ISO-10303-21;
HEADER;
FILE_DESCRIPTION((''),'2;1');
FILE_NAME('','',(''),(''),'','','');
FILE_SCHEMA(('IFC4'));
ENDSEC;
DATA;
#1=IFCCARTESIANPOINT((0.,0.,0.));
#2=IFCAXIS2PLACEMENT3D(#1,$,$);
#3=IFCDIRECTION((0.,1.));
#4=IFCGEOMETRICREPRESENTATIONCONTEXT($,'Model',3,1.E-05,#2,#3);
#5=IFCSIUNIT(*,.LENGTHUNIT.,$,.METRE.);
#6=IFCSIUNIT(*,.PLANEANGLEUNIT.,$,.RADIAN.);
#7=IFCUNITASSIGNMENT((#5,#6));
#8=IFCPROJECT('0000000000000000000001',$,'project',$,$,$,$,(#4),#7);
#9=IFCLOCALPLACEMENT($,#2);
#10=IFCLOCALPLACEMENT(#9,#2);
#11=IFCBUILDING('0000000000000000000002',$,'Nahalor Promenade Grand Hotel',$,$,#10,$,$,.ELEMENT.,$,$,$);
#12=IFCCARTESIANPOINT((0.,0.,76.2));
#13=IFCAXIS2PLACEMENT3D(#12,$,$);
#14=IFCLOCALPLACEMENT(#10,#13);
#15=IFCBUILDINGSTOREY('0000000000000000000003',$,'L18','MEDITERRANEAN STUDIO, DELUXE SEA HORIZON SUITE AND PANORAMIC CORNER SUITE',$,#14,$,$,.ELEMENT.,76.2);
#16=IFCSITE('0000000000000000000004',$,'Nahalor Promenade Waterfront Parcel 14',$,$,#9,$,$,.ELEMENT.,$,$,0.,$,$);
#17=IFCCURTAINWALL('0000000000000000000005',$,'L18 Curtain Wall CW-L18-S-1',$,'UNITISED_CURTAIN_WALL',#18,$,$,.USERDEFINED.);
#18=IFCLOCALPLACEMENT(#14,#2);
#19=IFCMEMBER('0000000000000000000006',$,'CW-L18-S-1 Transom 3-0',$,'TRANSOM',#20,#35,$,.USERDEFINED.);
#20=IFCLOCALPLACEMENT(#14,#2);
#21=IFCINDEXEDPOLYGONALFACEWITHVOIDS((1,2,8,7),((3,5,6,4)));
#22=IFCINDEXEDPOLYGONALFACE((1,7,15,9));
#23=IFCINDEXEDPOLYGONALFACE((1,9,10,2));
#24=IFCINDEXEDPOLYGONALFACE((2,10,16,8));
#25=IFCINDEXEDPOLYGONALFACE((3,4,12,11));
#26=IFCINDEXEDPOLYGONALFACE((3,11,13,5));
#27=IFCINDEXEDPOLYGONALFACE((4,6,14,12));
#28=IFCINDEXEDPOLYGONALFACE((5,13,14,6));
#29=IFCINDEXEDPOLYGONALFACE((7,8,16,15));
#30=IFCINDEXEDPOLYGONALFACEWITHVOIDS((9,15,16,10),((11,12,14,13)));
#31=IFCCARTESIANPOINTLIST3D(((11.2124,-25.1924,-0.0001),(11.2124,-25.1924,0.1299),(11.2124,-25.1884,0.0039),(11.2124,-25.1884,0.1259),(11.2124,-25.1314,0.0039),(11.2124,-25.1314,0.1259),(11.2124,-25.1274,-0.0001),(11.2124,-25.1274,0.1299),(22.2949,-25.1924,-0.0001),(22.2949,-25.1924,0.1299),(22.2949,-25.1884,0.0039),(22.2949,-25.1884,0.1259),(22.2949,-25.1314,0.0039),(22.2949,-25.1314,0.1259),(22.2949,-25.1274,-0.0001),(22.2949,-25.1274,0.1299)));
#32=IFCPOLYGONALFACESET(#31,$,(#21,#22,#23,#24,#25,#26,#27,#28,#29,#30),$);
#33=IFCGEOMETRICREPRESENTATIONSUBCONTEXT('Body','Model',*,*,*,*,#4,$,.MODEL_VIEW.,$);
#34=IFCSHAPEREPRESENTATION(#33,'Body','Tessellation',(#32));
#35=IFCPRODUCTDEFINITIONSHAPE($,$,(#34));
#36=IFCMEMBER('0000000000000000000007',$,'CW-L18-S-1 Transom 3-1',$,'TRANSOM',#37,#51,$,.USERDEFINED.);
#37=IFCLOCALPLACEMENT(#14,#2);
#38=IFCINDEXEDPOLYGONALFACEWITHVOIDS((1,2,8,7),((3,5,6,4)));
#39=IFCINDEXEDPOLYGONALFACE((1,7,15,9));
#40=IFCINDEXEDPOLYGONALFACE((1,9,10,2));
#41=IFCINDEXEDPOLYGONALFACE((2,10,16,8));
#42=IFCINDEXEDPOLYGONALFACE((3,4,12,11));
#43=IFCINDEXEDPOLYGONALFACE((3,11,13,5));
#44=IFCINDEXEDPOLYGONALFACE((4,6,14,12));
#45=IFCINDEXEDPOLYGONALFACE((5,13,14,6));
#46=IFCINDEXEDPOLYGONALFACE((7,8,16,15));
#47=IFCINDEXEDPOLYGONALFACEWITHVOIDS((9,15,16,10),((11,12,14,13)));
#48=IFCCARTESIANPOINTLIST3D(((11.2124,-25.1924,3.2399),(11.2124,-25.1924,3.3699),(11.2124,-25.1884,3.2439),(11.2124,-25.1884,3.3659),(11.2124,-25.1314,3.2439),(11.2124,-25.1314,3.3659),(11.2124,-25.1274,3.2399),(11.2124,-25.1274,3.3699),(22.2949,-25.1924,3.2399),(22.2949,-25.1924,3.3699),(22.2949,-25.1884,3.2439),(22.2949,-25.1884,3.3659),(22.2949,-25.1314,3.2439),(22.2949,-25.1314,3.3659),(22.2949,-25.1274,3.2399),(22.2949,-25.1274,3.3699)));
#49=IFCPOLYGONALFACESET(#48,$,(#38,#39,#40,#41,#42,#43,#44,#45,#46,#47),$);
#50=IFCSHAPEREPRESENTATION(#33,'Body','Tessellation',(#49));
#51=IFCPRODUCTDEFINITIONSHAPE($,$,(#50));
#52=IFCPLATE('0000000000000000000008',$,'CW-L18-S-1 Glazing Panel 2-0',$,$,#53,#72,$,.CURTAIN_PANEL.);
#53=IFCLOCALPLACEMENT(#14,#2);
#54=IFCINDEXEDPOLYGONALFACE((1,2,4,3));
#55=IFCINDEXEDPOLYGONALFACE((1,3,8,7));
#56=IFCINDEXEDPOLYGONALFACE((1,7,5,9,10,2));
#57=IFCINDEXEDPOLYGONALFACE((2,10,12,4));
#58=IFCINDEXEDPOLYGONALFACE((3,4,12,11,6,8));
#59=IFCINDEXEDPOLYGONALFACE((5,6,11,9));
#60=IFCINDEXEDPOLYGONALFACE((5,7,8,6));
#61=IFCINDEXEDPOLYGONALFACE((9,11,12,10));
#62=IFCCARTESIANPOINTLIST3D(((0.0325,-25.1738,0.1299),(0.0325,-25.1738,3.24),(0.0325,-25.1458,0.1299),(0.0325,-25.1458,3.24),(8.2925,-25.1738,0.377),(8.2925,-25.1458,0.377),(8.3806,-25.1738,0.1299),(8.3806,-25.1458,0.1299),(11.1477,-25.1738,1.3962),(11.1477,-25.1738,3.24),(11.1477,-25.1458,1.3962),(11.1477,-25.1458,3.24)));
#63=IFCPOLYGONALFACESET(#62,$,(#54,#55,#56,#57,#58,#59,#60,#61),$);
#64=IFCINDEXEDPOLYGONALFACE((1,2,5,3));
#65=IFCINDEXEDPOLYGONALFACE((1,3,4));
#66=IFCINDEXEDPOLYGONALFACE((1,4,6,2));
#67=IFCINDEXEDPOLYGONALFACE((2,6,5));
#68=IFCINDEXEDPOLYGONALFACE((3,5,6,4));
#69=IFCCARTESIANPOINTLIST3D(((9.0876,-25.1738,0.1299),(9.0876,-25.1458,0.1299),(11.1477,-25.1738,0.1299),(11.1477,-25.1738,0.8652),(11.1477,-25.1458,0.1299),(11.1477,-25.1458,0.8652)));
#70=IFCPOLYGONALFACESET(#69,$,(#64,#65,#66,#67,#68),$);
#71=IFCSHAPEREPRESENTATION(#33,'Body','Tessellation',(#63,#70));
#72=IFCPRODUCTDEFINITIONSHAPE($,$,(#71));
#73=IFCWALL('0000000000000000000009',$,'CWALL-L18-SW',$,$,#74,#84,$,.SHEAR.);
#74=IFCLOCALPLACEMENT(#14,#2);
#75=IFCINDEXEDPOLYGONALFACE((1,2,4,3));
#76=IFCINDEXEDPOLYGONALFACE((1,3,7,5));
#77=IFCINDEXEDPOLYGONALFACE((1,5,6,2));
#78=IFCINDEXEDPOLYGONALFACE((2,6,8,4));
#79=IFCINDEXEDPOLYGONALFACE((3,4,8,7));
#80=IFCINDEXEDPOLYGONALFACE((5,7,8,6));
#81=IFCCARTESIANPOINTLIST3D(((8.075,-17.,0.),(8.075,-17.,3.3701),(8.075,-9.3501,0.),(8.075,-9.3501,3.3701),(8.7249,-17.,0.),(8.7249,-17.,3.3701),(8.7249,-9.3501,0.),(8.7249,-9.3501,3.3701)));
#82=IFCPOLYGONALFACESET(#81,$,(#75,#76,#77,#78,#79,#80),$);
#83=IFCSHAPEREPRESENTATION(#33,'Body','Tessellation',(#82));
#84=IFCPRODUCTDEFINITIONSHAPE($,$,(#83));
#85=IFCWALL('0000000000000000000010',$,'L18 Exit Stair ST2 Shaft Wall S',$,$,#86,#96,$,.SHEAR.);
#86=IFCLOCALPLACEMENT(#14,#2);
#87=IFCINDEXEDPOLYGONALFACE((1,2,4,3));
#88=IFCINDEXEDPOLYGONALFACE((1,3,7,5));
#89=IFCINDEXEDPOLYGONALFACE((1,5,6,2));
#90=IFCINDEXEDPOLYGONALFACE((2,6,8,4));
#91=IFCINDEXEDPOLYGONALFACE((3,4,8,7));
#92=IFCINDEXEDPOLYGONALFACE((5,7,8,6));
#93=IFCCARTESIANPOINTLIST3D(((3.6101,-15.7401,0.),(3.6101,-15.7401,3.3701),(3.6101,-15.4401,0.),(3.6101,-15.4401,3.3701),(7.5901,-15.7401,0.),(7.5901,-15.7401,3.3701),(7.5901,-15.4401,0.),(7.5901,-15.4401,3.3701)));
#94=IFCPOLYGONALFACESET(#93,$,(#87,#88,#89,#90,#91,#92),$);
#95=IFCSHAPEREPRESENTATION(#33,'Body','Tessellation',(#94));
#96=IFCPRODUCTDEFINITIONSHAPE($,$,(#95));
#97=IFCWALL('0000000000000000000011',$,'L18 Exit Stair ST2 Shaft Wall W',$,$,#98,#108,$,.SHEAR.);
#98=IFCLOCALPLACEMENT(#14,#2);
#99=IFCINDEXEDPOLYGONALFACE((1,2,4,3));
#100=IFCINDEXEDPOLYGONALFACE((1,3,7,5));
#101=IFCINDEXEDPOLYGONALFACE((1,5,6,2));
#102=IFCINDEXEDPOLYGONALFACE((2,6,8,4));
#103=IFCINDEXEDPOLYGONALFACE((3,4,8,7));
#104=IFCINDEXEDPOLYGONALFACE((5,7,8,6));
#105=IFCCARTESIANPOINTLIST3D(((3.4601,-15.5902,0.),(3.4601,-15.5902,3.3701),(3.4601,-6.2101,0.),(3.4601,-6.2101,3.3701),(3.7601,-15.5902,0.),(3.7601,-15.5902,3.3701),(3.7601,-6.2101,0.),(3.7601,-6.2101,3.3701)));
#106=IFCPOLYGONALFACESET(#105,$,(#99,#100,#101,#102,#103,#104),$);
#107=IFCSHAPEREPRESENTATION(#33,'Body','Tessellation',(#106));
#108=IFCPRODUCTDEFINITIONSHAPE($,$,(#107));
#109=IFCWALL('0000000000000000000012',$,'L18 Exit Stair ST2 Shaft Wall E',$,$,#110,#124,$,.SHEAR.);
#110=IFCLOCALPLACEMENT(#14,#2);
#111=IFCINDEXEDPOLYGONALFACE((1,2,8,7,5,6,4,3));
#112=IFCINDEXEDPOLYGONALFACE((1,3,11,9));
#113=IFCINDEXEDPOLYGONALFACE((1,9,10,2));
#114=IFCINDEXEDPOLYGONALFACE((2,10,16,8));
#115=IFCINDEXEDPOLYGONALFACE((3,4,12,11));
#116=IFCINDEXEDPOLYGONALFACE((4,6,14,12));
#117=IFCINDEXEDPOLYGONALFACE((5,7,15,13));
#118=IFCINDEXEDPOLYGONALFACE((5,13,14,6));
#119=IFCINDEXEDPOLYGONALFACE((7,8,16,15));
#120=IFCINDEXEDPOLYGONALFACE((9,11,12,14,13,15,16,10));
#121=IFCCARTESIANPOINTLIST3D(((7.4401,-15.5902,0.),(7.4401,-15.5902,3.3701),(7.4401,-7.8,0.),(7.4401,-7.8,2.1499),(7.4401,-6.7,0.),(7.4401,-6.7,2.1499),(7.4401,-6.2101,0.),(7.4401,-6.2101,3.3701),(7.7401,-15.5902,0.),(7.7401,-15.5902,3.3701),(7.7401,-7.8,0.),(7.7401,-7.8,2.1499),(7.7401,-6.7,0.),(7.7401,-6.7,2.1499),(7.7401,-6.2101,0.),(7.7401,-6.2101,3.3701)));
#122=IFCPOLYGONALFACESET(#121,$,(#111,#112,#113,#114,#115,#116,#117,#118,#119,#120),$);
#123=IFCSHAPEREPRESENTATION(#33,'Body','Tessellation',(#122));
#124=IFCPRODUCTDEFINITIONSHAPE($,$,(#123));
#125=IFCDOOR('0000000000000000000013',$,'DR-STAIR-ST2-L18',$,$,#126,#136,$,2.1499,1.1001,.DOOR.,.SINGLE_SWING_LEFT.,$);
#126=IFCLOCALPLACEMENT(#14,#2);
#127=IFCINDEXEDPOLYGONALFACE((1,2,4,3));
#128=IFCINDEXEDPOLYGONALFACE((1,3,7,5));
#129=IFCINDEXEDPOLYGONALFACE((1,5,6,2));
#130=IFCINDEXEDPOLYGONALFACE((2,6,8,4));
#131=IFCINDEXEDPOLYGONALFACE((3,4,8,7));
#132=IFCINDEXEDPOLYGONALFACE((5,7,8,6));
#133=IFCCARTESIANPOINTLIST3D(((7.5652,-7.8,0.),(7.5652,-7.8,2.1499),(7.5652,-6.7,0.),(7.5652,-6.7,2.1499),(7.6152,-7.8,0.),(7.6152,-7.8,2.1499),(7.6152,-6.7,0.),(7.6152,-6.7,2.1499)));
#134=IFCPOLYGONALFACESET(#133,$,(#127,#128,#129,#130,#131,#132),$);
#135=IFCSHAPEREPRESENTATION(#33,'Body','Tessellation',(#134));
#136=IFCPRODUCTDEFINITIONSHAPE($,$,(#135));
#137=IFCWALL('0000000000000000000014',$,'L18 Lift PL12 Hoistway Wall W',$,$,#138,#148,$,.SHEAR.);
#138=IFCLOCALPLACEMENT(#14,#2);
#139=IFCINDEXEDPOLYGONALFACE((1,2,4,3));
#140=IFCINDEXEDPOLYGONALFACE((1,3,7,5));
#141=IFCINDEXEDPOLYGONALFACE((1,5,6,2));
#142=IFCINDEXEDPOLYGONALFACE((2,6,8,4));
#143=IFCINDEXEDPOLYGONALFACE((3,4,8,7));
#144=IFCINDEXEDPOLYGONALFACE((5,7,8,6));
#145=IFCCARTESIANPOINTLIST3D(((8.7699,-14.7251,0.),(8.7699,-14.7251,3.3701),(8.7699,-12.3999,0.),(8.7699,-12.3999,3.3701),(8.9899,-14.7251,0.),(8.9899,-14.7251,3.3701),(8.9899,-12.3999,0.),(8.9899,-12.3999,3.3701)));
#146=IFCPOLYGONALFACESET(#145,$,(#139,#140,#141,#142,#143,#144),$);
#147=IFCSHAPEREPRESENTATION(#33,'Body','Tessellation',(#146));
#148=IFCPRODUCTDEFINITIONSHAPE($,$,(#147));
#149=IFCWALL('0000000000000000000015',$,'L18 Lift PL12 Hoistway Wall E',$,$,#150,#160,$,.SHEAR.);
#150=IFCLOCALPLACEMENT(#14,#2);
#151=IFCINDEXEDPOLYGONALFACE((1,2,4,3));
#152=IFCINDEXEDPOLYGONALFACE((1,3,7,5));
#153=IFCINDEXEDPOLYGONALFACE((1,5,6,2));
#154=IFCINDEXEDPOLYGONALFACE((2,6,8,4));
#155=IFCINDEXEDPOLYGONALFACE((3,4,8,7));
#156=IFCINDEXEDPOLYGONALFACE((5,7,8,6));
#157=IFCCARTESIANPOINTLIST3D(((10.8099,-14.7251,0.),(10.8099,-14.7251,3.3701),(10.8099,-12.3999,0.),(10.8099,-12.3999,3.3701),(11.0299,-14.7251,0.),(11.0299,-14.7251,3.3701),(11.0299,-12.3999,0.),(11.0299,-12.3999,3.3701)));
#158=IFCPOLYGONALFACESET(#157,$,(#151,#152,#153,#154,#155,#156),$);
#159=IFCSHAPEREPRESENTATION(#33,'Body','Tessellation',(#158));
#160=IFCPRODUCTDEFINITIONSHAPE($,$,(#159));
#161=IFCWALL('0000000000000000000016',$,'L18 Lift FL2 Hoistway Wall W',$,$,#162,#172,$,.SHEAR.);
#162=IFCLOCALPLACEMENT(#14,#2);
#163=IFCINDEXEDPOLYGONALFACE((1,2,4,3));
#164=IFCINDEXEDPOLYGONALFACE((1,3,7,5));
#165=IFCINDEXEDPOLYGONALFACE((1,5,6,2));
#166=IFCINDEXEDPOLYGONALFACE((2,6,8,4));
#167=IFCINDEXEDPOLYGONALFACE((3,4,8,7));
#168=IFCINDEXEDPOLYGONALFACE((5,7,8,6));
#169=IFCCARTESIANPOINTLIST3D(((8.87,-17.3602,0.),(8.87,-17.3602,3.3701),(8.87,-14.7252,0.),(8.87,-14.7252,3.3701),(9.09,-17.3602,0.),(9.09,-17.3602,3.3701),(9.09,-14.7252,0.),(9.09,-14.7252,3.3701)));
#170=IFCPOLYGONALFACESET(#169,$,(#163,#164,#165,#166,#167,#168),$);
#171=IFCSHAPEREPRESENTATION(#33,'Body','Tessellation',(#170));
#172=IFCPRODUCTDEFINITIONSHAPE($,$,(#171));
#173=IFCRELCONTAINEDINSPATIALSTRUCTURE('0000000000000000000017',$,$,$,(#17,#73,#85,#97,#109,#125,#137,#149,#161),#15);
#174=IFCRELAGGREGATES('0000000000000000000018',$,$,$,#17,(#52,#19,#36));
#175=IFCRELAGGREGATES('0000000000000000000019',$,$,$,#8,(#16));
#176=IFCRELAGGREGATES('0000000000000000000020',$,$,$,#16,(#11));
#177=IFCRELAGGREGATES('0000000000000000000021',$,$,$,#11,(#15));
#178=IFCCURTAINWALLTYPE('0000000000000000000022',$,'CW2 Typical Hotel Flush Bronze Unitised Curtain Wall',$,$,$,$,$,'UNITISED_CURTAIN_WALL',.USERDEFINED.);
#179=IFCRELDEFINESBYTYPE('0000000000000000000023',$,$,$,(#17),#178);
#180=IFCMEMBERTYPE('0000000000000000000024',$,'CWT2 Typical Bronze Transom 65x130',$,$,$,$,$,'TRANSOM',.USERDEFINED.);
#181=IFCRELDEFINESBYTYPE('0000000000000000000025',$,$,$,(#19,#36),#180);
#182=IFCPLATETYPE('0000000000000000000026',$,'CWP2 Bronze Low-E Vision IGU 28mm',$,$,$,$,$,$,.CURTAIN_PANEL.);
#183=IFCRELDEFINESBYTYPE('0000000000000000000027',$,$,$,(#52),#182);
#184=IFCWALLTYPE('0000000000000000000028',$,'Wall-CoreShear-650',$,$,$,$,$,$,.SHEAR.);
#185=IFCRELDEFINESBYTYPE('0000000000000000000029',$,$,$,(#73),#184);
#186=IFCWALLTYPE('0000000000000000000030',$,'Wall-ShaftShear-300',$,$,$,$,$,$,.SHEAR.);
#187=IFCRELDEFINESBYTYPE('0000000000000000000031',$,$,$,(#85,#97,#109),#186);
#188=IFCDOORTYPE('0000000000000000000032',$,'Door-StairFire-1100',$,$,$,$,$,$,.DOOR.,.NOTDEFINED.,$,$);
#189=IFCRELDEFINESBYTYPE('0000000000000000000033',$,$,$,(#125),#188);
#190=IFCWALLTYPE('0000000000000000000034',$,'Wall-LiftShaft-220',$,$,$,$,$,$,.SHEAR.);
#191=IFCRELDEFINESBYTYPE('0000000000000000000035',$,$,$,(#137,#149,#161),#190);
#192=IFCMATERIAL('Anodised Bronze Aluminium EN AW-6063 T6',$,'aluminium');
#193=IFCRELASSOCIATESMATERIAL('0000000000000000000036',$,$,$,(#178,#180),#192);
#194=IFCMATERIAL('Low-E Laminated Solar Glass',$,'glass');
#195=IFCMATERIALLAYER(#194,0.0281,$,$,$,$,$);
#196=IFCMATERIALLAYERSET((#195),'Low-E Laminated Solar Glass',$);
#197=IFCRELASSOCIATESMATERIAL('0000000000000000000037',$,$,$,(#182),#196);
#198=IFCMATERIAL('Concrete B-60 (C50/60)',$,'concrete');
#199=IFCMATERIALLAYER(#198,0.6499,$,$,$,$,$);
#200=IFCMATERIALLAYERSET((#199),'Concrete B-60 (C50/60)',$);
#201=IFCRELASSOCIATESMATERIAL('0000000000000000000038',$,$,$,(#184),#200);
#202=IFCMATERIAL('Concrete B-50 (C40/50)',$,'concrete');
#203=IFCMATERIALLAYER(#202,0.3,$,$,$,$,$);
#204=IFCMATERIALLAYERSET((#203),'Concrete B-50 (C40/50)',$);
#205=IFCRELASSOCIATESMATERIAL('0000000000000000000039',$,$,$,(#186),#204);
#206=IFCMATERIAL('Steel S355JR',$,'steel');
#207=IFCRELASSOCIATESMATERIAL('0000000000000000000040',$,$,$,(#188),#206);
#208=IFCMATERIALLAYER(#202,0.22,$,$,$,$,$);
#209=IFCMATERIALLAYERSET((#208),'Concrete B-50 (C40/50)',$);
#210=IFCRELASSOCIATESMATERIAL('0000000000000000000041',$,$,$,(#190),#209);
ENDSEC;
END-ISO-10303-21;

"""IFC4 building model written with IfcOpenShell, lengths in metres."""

from ifc_helpers import new_model, si_unit, direction, frame, frame_2d, origin, origin_2d, place, context, subcontext, project, spatial, polyline, rectangle, hollow_rectangle, outline, extrude, source, transform, mapped, material, layer, layer_set, material_profile, profile_set, type_object, element, fill, aggregate, save


model = new_model("IFC4")

# Units and contexts
model_context = context("Model", 3, precision=1e-05, world=origin(), true_north=direction((0.0, 1.0)))
body_context = subcontext(model_context, "Body", "Model", "MODEL_VIEW")
ifc_project = project(units=[si_unit("LENGTHUNIT", "METRE"), si_unit("PLANEANGLEUNIT", "RADIAN")], contexts=[model_context])

# Site, building, storey
site_placement = place(None, origin())
site = spatial("IfcSite", under=ifc_project, at=site_placement, Name="Nahalor Promenade Waterfront Parcel 14", CompositionType="ELEMENT", RefElevation=0.0)
building_placement = place(site_placement, origin())
building = spatial("IfcBuilding", under=site, at=building_placement, Name="Nahalor Promenade Grand Hotel", CompositionType="ELEMENT")
storey_placement = place(building_placement, frame((0.0, 0.0, 76.2)))
storey = spatial("IfcBuildingStorey", under=building, at=storey_placement, Name="L18", Description="MEDITERRANEAN STUDIO, DELUXE SEA HORIZON SUITE AND PANORAMIC CORNER SUITE", CompositionType="ELEMENT", Elevation=76.2)

# Shared definitions
ifc_material_1 = material(Name="Steel S355JR", Category="steel")

# Curtain wall, members, plate
ifc_material_2 = material(Name="Anodised Bronze Aluminium EN AW-6063 T6", Category="aluminium")
curtain_wall_type = type_object("IfcCurtainWallType", Name="CW2 Typical Hotel Flush Bronze Unitised Curtain Wall", ElementType="UNITISED_CURTAIN_WALL", PredefinedType="USERDEFINED", material=ifc_material_2)
curtain_wall_placement = place(storey_placement, origin())
curtain_wall = element("IfcCurtainWall", 1, at=curtain_wall_placement, inside=storey, type_object=curtain_wall_type, Name="L18 Curtain Wall CW-L18-S-1", ObjectType="UNITISED_CURTAIN_WALL", PredefinedType="USERDEFINED")
ifc_material_profile_1 = material_profile(ifc_material_2, hollow_rectangle(XDim=0.065, YDim=0.13, WallThickness=0.004, at=origin_2d()), Name="CWT 65x130x4")
ifc_profile_set_1 = profile_set([ifc_material_profile_1], Name="Anodised Bronze Aluminium EN AW-6063 T6")
member_type_1 = type_object("IfcMemberType", Name="CWT2 Typical Bronze Transom 65x130", ElementType="TRANSOM", PredefinedType="USERDEFINED", material=ifc_profile_set_1)
shared_shape_1 = source(origin(), body_context, "Body", "SweptSolid", [
    extrude(hollow_rectangle(XDim=0.065, YDim=0.13, WallThickness=0.004, at=origin_2d()), origin(), (0.0, 0.0, 1.0), 11.0825),
])
member_1_placement = place(storey_placement, frame((11.2124, -25.1599, 0.0649), z_axis=(1.0, 0.0, 0.0), x_axis=(0.0, 1.0, 0.0)))
member_1 = element("IfcMember", 2, at=member_1_placement, type_object=member_type_1, Name="CW-L18-S-1 Transom 3-0", ObjectType="TRANSOM", PredefinedType="USERDEFINED", context=body_context, shape_type="MappedRepresentation", body=[
    mapped(shared_shape_1, transform((0.0, 0.0, 0.0), scale=1.0)),
])
member_2_placement = place(storey_placement, frame((11.2124, -25.1599, 3.3049), z_axis=(1.0, 0.0, 0.0), x_axis=(0.0, 1.0, 0.0)))
member_2 = element("IfcMember", 3, at=member_2_placement, type_object=member_type_1, Name="CW-L18-S-1 Transom 3-1", ObjectType="TRANSOM", PredefinedType="USERDEFINED", context=body_context, shape_type="MappedRepresentation", body=[
    mapped(shared_shape_1, transform((0.0, 0.0, 0.0), scale=1.0)),
])
ifc_material_3 = material(Name="Low-E Laminated Solar Glass", Category="glass")
ifc_layer_1 = layer(ifc_material_3, 0.0281)
ifc_layer_set_1 = layer_set([ifc_layer_1], Name="Low-E Laminated Solar Glass")
plate_type = type_object("IfcPlateType", Name="CWP2 Bronze Low-E Vision IGU 28mm", PredefinedType="CURTAIN_PANEL", material=ifc_layer_set_1)
plate_placement = place(storey_placement, frame((5.5901, -25.1599, 0.1299), z_axis=(0.0, 0.0, 1.0), x_axis=(1.0, 0.0, 0.0)))
plate = element("IfcPlate", 4, at=plate_placement, type_object=plate_type, Name="CW-L18-S-1 Glazing Panel 2-0", PredefinedType="CURTAIN_PANEL", context=body_context, shape_type="SweptSolid", body=[
    extrude(outline(polyline([(-5.5576, 3.1101), (-5.5576, 0.0), (2.7905, 0.0), (2.7024, 0.2471), (5.5576, 1.2664), (5.5576, 3.1101), (-5.5576, 3.1101)])), frame((0.0, 0.0142, 0.0), z_axis=(0.0, -1.0, 0.0), x_axis=(1.0, 0.0, 0.0)), (0.0, 0.0, 1.0), 0.0281),
    extrude(outline(polyline([(3.4976, 0.0), (5.5576, 0.0), (5.5576, 0.7354), (3.4976, 0.0)])), frame((0.0, 0.0142, 0.0), z_axis=(0.0, -1.0, 0.0), x_axis=(1.0, 0.0, 0.0)), (0.0, 0.0, 1.0), 0.0281),
])
aggregate(curtain_wall, [plate, member_1, member_2])

# Walls
ifc_material_4 = material(Name="Concrete B-60 (C50/60)", Category="concrete")
ifc_layer_2 = layer(ifc_material_4, 0.6499)
ifc_layer_set_2 = layer_set([ifc_layer_2], Name="Concrete B-60 (C50/60)")
wall_type_1 = type_object("IfcWallType", Name="Wall-CoreShear-650", PredefinedType="SHEAR", material=ifc_layer_set_2)
shared_shape_2 = source(origin(), body_context, "Body", "SweptSolid", [
    extrude(rectangle(XDim=7.6499, YDim=0.6499, at=frame_2d((3.825, 0.0))), origin(), (0.0, 0.0, 1.0), 3.3701),
])
wall_1_placement = place(storey_placement, frame((8.3999, -17.0, 0.0), z_axis=(0.0, 0.0, 1.0), x_axis=(0.0, 1.0, 0.0)))
element("IfcWall", 5, at=wall_1_placement, inside=storey, type_object=wall_type_1, Name="CWALL-L18-SW", PredefinedType="SHEAR", context=body_context, shape_type="MappedRepresentation", body=[
    mapped(shared_shape_2, transform((0.0, 0.0, 0.0), scale=1.0)),
])
ifc_material_5 = material(Name="Concrete B-50 (C40/50)", Category="concrete")
ifc_layer_3 = layer(ifc_material_5, 0.3)
ifc_layer_set_3 = layer_set([ifc_layer_3], Name="Concrete B-50 (C40/50)")
wall_type_2 = type_object("IfcWallType", Name="Wall-ShaftShear-300", PredefinedType="SHEAR", material=ifc_layer_set_3)
shared_shape_3 = source(origin(), body_context, "Body", "SweptSolid", [
    extrude(rectangle(XDim=3.98, YDim=0.3, at=frame_2d((1.99, 0.0))), origin(), (0.0, 0.0, 1.0), 3.3701),
])
wall_2_placement = place(storey_placement, frame((3.6101, -15.5901, 0.0), z_axis=(0.0, 0.0, 1.0), x_axis=(1.0, 0.0, 0.0)))
element("IfcWall", 6, at=wall_2_placement, inside=storey, type_object=wall_type_2, Name="L18 Exit Stair ST2 Shaft Wall S", PredefinedType="SHEAR", context=body_context, shape_type="MappedRepresentation", body=[
    mapped(shared_shape_3, transform((0.0, 0.0, 0.0), scale=1.0)),
])
shared_shape_4 = source(origin(), body_context, "Body", "SweptSolid", [
    extrude(rectangle(XDim=9.3801, YDim=0.3, at=frame_2d((4.6899, 0.0))), origin(), (0.0, 0.0, 1.0), 3.3701),
])
wall_3_placement = place(storey_placement, frame((3.6101, -15.5901, 0.0), z_axis=(0.0, 0.0, 1.0), x_axis=(0.0, 1.0, 0.0)))
element("IfcWall", 7, at=wall_3_placement, inside=storey, type_object=wall_type_2, Name="L18 Exit Stair ST2 Shaft Wall W", PredefinedType="SHEAR", context=body_context, shape_type="MappedRepresentation", body=[
    mapped(shared_shape_4, transform((0.0, 0.0, 0.0), scale=1.0)),
])

# Wall, opening, door
wall_4_placement = place(storey_placement, frame((7.5901, -15.5901, 0.0), z_axis=(0.0, 0.0, 1.0), x_axis=(0.0, 1.0, 0.0)))
wall_4 = element("IfcWall", 8, at=wall_4_placement, inside=storey, type_object=wall_type_2, Name="L18 Exit Stair ST2 Shaft Wall E", PredefinedType="SHEAR", context=body_context, shape_type="MappedRepresentation", body=[
    mapped(shared_shape_4, transform((0.0, 0.0, 0.0), scale=1.0)),
])
opening_1_placement = place(wall_4_placement, frame((7.79, 0.0, 0.0)))
opening_1 = element("IfcOpeningElement", 9, at=opening_1_placement, cuts=wall_4, PredefinedType="OPENING", context=body_context, shape_type="SweptSolid", body=[
    extrude(rectangle(XDim=1.1001, YDim=2.1499, at=frame_2d((0.55, 1.075))), frame((0.0, 0.1599, 0.0), z_axis=(0.0, -1.0, 0.0), x_axis=(1.0, 0.0, 0.0)), (0.0, 0.0, 1.0), 0.3201),
])
door_type_1 = type_object("IfcDoorType", Name="Door-StairFire-1100", OperationType="NOTDEFINED", PredefinedType="DOOR", material=ifc_material_1)
shared_shape_5 = source(origin(), body_context, "Body", "SweptSolid", [
    extrude(rectangle(XDim=1.1001, YDim=2.1499, at=frame_2d((0.55, 1.075))), frame((0.0, 0.0249, 0.0), z_axis=(0.0, -1.0, 0.0), x_axis=(1.0, 0.0, 0.0)), (0.0, 0.0, 1.0), 0.05),
])
door_1_placement = place(opening_1_placement, origin())
door_1 = element("IfcDoor", 10, at=door_1_placement, inside=storey, type_object=door_type_1, Name="DR-STAIR-ST2-L18", OperationType="SINGLE_SWING_LEFT", OverallHeight=2.1499, OverallWidth=1.1001, PredefinedType="DOOR", context=body_context, shape_type="MappedRepresentation", body=[
    mapped(shared_shape_5, transform((0.0, 0.0, 0.0), scale=1.0)),
])
fill(opening_1, door_1)

# Walls
ifc_layer_4 = layer(ifc_material_5, 0.22)
ifc_layer_set_4 = layer_set([ifc_layer_4], Name="Concrete B-50 (C40/50)")
wall_type_3 = type_object("IfcWallType", Name="Wall-LiftShaft-220", PredefinedType="SHEAR", material=ifc_layer_set_4)
shared_shape_6 = source(origin(), body_context, "Body", "SweptSolid", [
    extrude(rectangle(XDim=2.3252, YDim=0.22, at=frame_2d((1.1626, 0.0))), origin(), (0.0, 0.0, 1.0), 3.3701),
])
for number, where, z_axis, x_axis, name in (
    (11, (8.8799, -14.7251, 0.0), (0.0, 0.0, 1.0), (0.0, 1.0, 0.0), "L18 Lift PL12 Hoistway Wall W"),
    (12, (10.9199, -14.7251, 0.0), (0.0, 0.0, 1.0), (0.0, 1.0, 0.0), "L18 Lift PL12 Hoistway Wall E"),
):
    element("IfcWall", number, at=place(storey_placement, frame(where, z_axis=z_axis, x_axis=x_axis)), inside=storey, type_object=wall_type_3, Name=name, PredefinedType="SHEAR", context=body_context, shape_type="MappedRepresentation", body=[
        mapped(shared_shape_6, transform((0.0, 0.0, 0.0), scale=1.0)),
    ])
shared_shape_7 = source(origin(), body_context, "Body", "SweptSolid", [
    extrude(rectangle(XDim=2.635, YDim=0.22, at=frame_2d((1.3174, 0.0))), origin(), (0.0, 0.0, 1.0), 3.3701),
])
wall_5_placement = place(storey_placement, frame((8.98, -17.3601, 0.0), z_axis=(0.0, 0.0, 1.0), x_axis=(0.0, 1.0, 0.0)))
element("IfcWall", 13, at=wall_5_placement, inside=storey, type_object=wall_type_3, Name="L18 Lift FL2 Hoistway Wall W", PredefinedType="SHEAR", context=body_context, shape_type="MappedRepresentation", body=[
    mapped(shared_shape_7, transform((0.0, 0.0, 0.0), scale=1.0)),
])

save(model, "model.ifc")
